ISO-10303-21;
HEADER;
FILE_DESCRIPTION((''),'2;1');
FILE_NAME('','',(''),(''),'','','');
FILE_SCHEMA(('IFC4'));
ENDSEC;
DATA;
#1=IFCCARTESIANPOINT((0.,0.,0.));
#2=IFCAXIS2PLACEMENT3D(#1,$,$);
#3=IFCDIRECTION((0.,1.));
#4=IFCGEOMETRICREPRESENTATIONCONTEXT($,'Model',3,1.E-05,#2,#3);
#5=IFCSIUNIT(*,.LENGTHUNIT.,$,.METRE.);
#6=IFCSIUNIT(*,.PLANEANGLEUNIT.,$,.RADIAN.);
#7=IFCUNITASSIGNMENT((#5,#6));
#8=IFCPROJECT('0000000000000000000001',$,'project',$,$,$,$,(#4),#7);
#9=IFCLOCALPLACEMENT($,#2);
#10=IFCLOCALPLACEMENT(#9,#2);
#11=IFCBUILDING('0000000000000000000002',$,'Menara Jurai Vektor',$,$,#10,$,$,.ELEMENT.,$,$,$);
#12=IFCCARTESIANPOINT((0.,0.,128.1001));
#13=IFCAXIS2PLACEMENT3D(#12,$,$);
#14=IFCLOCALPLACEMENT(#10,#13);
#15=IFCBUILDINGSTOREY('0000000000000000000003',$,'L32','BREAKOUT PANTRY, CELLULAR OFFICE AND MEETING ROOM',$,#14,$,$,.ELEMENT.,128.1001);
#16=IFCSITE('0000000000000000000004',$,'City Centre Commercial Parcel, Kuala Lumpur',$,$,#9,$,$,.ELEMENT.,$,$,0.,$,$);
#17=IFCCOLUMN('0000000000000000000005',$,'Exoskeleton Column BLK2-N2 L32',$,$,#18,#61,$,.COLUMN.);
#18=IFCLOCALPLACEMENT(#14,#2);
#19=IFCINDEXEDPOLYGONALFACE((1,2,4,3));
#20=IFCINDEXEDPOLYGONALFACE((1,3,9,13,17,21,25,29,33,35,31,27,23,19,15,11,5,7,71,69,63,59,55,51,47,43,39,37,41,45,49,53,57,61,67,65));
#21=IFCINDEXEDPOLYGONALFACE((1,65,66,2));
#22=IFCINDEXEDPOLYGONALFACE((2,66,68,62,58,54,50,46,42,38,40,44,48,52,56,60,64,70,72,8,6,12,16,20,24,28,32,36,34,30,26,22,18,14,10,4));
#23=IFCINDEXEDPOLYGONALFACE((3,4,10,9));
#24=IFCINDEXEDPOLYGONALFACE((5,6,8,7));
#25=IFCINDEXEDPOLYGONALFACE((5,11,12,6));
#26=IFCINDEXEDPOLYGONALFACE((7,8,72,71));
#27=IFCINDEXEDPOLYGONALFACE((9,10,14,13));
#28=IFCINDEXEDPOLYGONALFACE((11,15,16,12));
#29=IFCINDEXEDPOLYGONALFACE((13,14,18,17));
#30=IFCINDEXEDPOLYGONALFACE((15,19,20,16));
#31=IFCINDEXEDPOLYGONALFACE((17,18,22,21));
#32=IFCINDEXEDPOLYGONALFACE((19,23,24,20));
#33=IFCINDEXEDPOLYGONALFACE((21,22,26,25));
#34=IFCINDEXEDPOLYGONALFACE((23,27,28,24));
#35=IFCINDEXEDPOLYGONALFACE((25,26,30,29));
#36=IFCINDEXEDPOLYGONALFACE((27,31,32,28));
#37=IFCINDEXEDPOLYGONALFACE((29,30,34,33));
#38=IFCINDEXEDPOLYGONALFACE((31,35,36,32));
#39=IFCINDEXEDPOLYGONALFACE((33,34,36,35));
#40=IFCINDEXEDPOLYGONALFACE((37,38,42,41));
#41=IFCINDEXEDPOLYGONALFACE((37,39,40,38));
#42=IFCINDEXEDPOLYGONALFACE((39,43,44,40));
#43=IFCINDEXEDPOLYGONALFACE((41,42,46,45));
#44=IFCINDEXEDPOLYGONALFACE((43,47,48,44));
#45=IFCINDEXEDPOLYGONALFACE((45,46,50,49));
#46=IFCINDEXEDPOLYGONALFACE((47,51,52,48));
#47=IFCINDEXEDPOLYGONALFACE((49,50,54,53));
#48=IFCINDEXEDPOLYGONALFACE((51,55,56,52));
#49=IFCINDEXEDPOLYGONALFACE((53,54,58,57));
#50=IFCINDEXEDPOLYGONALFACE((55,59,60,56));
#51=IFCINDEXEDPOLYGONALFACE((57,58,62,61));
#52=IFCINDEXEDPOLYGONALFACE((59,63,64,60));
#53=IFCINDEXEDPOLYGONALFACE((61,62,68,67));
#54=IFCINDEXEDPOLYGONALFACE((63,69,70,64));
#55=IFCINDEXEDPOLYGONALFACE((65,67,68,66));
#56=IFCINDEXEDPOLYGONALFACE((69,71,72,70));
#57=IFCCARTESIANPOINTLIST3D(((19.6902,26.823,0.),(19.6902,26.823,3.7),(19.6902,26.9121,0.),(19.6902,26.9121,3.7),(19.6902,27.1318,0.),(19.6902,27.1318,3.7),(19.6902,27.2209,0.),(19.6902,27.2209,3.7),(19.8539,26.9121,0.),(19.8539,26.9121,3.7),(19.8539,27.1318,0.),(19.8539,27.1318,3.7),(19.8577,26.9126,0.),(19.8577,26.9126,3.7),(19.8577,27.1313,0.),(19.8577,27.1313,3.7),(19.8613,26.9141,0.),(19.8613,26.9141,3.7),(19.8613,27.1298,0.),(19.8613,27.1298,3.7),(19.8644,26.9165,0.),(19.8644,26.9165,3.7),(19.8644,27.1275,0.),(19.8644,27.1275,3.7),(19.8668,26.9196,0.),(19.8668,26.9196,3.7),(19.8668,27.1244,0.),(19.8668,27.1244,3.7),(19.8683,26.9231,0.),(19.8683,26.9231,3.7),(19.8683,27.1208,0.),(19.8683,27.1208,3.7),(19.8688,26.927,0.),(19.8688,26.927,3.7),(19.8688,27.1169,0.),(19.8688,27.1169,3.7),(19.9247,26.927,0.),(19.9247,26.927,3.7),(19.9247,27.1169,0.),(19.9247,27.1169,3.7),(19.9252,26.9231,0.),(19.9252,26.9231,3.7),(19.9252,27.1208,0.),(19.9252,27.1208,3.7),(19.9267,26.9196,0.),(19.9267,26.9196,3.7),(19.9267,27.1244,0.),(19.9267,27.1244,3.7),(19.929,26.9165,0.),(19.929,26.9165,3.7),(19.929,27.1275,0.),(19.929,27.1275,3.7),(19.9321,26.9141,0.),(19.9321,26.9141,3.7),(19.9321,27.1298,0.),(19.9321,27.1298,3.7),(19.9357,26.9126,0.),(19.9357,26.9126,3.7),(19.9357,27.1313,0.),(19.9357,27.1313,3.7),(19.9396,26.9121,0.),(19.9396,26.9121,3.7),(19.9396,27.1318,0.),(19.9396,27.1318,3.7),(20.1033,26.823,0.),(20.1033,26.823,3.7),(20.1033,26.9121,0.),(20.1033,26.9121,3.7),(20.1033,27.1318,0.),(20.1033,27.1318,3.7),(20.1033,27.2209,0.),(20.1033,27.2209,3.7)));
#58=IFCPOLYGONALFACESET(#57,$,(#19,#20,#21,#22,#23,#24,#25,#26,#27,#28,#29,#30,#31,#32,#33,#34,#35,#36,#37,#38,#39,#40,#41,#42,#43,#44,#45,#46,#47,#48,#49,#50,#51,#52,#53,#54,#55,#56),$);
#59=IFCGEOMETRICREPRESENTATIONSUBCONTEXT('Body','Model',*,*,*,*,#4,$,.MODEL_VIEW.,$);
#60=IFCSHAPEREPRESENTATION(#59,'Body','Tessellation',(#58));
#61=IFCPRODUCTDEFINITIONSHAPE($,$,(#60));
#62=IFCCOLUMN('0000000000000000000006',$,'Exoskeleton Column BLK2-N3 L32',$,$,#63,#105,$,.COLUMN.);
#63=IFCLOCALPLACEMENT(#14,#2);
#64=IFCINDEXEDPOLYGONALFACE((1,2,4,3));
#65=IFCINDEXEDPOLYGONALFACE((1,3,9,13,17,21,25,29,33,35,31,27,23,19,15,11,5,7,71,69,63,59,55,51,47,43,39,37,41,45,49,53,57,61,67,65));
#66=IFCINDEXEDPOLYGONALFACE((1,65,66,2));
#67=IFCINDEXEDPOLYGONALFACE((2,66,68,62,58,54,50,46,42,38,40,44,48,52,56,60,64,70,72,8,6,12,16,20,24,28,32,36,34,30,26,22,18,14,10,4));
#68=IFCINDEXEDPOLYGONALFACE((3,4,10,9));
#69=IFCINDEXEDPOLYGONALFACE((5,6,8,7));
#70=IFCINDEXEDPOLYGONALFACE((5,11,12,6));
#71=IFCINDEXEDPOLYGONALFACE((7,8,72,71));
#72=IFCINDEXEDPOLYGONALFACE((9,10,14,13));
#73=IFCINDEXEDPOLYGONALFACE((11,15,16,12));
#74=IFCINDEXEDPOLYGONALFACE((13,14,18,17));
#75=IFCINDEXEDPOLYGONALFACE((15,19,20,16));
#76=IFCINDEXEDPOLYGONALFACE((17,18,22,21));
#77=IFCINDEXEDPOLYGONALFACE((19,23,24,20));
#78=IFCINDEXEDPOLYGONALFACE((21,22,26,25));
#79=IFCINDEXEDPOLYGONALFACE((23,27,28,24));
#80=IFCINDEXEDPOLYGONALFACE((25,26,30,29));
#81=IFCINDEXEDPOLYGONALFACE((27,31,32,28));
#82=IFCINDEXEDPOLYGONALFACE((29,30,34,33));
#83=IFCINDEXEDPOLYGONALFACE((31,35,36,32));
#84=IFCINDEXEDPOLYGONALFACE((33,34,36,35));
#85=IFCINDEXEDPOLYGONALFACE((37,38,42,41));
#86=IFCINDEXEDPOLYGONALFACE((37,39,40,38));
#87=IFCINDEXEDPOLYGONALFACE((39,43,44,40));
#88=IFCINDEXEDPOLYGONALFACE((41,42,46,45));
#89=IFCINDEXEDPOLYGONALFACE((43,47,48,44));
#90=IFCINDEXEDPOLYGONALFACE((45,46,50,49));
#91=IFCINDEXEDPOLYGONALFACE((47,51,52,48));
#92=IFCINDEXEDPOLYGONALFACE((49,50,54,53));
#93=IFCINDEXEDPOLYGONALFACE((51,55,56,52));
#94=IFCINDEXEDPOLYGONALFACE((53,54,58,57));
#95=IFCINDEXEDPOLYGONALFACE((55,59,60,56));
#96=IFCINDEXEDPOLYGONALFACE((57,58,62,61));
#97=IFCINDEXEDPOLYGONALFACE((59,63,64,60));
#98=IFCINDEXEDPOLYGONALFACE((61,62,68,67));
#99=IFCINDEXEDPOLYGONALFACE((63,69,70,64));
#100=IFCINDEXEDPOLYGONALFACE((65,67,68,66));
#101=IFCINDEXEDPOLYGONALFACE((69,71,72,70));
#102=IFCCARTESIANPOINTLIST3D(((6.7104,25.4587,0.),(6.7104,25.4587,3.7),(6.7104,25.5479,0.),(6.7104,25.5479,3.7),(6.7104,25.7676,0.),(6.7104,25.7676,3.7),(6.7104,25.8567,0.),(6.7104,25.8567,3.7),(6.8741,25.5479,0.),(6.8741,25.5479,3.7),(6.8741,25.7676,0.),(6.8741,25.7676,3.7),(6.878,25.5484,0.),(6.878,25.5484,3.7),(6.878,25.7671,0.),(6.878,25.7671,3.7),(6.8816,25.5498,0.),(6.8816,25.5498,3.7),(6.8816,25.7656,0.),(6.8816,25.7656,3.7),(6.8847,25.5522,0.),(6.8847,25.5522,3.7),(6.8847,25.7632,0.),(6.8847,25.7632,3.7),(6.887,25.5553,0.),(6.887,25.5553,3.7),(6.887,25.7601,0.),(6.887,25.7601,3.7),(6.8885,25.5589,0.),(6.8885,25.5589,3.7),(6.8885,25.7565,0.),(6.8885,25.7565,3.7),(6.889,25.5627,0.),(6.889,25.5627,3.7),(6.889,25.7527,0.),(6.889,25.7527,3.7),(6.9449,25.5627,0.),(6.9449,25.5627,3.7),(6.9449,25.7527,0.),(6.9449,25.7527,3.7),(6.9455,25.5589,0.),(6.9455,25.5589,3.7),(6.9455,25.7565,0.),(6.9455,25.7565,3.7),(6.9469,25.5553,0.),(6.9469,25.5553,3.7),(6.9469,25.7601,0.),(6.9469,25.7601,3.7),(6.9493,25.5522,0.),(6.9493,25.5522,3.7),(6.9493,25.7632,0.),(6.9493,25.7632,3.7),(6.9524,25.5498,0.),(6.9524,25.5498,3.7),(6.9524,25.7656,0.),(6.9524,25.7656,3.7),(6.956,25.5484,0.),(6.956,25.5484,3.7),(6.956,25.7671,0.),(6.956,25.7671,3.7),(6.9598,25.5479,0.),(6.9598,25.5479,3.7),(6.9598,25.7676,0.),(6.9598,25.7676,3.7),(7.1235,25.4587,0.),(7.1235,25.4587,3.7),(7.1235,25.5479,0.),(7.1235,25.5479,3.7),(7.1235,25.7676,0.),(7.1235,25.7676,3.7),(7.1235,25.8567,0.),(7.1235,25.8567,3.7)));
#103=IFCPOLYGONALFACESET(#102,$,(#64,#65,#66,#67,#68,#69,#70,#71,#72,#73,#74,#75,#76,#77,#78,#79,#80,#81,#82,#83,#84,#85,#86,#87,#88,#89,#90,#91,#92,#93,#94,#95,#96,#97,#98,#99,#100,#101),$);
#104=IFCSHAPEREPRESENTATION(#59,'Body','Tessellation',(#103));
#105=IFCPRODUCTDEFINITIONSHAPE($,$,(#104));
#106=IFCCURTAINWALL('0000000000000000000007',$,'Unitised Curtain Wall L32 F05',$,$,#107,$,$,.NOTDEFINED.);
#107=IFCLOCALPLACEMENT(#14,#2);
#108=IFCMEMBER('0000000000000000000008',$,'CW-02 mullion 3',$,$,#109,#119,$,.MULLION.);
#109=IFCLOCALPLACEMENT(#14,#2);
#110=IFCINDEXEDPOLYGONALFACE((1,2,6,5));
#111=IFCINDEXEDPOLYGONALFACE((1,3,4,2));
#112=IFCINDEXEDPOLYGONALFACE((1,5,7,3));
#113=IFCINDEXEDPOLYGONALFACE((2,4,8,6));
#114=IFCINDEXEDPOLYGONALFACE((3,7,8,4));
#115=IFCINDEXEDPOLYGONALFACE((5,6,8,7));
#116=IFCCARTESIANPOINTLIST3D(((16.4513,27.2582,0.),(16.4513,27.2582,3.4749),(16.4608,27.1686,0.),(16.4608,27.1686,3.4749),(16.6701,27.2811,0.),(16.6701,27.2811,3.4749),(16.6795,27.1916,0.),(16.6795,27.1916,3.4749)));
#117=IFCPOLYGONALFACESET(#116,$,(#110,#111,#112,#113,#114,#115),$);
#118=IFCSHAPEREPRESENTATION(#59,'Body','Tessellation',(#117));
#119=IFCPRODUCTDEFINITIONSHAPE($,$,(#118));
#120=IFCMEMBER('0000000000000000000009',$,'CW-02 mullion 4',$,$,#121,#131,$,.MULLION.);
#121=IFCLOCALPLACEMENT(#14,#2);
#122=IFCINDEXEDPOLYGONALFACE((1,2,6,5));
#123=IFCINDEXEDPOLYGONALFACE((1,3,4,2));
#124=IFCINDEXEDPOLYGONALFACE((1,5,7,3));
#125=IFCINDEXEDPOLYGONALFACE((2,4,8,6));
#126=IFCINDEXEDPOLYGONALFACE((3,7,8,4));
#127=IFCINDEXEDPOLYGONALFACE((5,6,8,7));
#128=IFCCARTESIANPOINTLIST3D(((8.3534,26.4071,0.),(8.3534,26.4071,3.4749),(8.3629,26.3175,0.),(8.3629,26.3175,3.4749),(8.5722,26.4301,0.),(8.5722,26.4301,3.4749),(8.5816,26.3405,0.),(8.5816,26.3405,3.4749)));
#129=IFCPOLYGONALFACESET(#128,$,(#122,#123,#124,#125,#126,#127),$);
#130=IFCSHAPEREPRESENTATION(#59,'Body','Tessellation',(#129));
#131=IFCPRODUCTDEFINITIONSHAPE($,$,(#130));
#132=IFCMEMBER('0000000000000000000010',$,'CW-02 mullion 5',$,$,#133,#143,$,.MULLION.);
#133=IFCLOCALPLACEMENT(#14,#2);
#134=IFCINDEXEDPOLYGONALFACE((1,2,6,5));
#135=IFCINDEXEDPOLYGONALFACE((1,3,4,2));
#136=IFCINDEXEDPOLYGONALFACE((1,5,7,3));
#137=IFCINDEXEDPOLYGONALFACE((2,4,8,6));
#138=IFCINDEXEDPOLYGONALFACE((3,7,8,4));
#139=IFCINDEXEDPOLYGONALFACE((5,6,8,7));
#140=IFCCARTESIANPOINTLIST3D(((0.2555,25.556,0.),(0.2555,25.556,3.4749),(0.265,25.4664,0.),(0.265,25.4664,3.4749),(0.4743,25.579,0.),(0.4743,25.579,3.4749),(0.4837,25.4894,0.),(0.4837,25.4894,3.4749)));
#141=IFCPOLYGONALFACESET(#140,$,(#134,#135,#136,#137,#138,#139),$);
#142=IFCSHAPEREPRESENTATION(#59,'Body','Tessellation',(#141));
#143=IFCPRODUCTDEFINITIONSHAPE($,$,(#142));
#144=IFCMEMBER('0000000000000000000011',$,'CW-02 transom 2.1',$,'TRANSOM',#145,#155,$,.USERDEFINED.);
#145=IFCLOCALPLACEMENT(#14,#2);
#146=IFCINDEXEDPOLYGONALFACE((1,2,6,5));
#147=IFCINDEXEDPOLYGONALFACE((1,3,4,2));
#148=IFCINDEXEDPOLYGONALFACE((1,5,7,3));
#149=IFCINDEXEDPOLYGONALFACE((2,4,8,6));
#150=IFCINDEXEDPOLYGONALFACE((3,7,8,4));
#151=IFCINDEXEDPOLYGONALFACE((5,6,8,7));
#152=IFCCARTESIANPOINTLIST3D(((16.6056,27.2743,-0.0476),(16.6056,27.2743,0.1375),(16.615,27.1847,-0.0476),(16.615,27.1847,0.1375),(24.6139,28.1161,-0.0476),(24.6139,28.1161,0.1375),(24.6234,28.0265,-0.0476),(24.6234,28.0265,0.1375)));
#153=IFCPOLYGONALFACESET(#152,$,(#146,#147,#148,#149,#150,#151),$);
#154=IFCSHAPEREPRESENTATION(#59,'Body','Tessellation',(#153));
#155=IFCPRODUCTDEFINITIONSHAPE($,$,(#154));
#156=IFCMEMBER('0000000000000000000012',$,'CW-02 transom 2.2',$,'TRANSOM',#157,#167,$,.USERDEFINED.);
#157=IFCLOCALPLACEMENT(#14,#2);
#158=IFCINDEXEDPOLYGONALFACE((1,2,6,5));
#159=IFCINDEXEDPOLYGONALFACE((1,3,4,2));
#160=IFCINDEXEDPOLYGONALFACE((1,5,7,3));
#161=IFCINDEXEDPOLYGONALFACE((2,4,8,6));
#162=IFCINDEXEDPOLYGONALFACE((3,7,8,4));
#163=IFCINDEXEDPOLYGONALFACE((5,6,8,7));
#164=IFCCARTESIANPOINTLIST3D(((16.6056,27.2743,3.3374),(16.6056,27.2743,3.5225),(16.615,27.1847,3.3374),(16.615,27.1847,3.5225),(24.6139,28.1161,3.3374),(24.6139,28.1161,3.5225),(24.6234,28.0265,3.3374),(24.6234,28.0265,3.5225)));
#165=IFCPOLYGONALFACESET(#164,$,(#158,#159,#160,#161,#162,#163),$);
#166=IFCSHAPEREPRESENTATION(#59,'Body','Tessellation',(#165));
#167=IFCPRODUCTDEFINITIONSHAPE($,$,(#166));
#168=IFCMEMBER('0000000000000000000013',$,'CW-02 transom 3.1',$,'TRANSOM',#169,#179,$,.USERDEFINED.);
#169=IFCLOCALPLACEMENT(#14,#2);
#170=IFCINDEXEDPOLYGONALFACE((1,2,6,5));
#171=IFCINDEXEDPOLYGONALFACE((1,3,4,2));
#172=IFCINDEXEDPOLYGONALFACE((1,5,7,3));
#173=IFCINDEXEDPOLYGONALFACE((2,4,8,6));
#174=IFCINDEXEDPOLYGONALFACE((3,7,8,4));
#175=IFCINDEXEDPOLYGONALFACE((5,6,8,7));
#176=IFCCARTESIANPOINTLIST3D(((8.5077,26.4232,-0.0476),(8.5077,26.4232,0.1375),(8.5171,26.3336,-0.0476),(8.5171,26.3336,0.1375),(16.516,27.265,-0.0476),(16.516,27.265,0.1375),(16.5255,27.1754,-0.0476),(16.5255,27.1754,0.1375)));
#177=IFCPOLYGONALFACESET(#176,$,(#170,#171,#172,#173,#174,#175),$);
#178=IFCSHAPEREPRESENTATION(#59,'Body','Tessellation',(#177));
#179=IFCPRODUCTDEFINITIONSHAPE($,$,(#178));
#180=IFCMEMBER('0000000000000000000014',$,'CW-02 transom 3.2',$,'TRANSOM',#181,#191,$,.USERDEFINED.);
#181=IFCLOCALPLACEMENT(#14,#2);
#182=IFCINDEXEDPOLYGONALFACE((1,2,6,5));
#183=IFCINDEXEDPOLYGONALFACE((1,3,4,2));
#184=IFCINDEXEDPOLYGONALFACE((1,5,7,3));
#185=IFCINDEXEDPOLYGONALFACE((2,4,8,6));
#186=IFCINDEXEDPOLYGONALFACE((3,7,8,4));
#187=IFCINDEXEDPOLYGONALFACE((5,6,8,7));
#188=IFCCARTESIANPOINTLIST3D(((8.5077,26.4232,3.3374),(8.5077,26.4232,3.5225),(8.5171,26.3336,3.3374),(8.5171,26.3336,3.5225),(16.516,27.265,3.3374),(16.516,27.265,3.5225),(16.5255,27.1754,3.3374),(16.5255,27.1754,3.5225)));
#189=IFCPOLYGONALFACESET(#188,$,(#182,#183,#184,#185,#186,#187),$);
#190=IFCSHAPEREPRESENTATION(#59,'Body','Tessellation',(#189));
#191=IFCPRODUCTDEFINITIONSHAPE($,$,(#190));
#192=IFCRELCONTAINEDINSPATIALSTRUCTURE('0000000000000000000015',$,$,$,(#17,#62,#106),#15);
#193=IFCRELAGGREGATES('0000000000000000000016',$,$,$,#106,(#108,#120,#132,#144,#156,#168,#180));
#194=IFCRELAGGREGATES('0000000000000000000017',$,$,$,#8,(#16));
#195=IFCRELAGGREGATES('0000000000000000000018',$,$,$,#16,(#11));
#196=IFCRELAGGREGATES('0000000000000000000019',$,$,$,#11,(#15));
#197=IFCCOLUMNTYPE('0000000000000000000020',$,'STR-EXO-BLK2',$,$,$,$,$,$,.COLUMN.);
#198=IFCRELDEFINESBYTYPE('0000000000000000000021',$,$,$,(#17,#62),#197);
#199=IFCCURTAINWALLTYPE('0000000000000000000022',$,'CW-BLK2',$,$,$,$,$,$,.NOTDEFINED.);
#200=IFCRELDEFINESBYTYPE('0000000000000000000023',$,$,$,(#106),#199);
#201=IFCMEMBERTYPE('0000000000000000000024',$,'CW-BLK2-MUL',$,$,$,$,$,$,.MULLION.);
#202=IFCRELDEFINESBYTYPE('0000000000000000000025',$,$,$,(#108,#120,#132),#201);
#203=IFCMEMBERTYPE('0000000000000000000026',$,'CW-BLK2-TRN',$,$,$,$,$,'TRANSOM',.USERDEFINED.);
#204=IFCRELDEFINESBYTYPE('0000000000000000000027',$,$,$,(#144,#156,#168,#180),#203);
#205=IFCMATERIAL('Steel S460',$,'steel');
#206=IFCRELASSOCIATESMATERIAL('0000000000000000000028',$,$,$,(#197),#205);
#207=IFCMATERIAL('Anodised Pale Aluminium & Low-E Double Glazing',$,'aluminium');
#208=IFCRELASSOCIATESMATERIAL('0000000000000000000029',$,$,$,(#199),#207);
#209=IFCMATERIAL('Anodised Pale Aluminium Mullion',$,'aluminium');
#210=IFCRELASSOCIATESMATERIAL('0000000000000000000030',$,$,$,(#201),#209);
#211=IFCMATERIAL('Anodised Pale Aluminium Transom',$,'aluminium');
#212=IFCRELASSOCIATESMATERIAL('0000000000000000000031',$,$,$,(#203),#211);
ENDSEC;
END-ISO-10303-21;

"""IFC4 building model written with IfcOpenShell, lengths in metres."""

from ifc_helpers import new_model, si_unit, direction, frame, origin, origin_2d, place, context, subcontext, project, spatial, rectangle, i_section, extrude, material, material_profile, profile_set, type_object, element, aggregate, save


model = new_model("IFC4")

# Units and contexts
model_context = context("Model", 3, precision=1e-05, world=origin(), true_north=direction((0.0, 1.0)))
body_context = subcontext(model_context, "Body", "Model", "MODEL_VIEW")
ifc_project = project(units=[si_unit("LENGTHUNIT", "METRE"), si_unit("PLANEANGLEUNIT", "RADIAN")], contexts=[model_context])

# Site, building, storey
site_placement = place(None, origin())
site = spatial("IfcSite", under=ifc_project, at=site_placement, Name="City Centre Commercial Parcel, Kuala Lumpur", CompositionType="ELEMENT", RefElevation=0.0)
building_placement = place(site_placement, origin())
building = spatial("IfcBuilding", under=site, at=building_placement, Name="Menara Jurai Vektor", CompositionType="ELEMENT")
storey_placement = place(building_placement, frame((0.0, 0.0, 128.1001)))
storey = spatial("IfcBuildingStorey", under=building, at=storey_placement, Name="L32", Description="BREAKOUT PANTRY, CELLULAR OFFICE AND MEETING ROOM", CompositionType="ELEMENT", Elevation=128.1001)

# Columns
ifc_material_1 = material(Name="Steel S460", Category="steel")
ifc_material_profile_1 = material_profile(ifc_material_1, i_section(OverallWidth=0.4131, OverallDepth=0.3979, WebThickness=0.0559, FlangeThickness=0.0891, FilletRadius=0.0149, at=origin_2d()), Name="HD 400x744")
ifc_profile_set_1 = profile_set([ifc_material_profile_1], Name="Steel S460")
column_type = type_object("IfcColumnType", Name="STR-EXO-BLK2", PredefinedType="COLUMN", material=ifc_profile_set_1)
for number, where, z_axis, x_axis, name in (
    (1, (19.8967, 27.022, 0.0), (0.0, 0.0, 1.0), (1.0, 0.0, 0.0), "Exoskeleton Column BLK2-N2 L32"),
    (2, (6.917, 25.6577, 0.0), (0.0, 0.0, 1.0), (1.0, 0.0, 0.0), "Exoskeleton Column BLK2-N3 L32"),
):
    element("IfcColumn", number, at=place(storey_placement, frame(where, z_axis=z_axis, x_axis=x_axis)), inside=storey, type_object=column_type, Name=name, PredefinedType="COLUMN", context=body_context, shape_type="SweptSolid", body=[
        extrude(i_section(OverallWidth=0.4131, OverallDepth=0.3979, WebThickness=0.0559, FlangeThickness=0.0891, FilletRadius=0.0149, at=origin_2d()), origin(), (0.0, 0.0, 1.0), 3.7),
    ])

# Curtain wall, members
ifc_material_2 = material(Name="Anodised Pale Aluminium & Low-E Double Glazing", Category="aluminium")
curtain_wall_type = type_object("IfcCurtainWallType", Name="CW-BLK2", PredefinedType="NOTDEFINED", material=ifc_material_2)
curtain_wall_placement = place(storey_placement, origin())
curtain_wall = element("IfcCurtainWall", 3, at=curtain_wall_placement, inside=storey, type_object=curtain_wall_type, Name="Unitised Curtain Wall L32 F05", PredefinedType="NOTDEFINED")
ifc_material_3 = material(Name="Anodised Pale Aluminium Mullion", Category="aluminium")
ifc_material_profile_2 = material_profile(ifc_material_3, rectangle(XDim=0.0901, YDim=0.22, at=origin_2d()), Name="ALU MUL 90x220")
ifc_profile_set_2 = profile_set([ifc_material_profile_2], Name="Anodised Pale Aluminium Mullion")
member_type_1 = type_object("IfcMemberType", Name="CW-BLK2-MUL", PredefinedType="MULLION", material=ifc_profile_set_2)
member_1_placement = place(storey_placement, frame((16.5654, 27.2249, 0.0), z_axis=(0.0, 0.0, 1.0), x_axis=(0.104529, -0.994522, 0.0)))
member_1 = element("IfcMember", 4, at=member_1_placement, type_object=member_type_1, Name="CW-02 mullion 3", PredefinedType="MULLION", context=body_context, shape_type="SweptSolid", body=[
    extrude(rectangle(XDim=0.0901, YDim=0.22, at=origin_2d()), origin(), (0.0, 0.0, 1.0), 3.4749),
])
member_2_placement = place(storey_placement, frame((8.4675, 26.3738, 0.0), z_axis=(0.0, 0.0, 1.0), x_axis=(0.104529, -0.994522, 0.0)))
member_2 = element("IfcMember", 5, at=member_2_placement, type_object=member_type_1, Name="CW-02 mullion 4", PredefinedType="MULLION", context=body_context, shape_type="SweptSolid", body=[
    extrude(rectangle(XDim=0.0901, YDim=0.22, at=origin_2d()), origin(), (0.0, 0.0, 1.0), 3.4749),
])
member_3_placement = place(storey_placement, frame((0.3696, 25.5227, 0.0), z_axis=(0.0, 0.0, 1.0), x_axis=(0.104529, -0.994522, 0.0)))
member_3 = element("IfcMember", 6, at=member_3_placement, type_object=member_type_1, Name="CW-02 mullion 5", PredefinedType="MULLION", context=body_context, shape_type="SweptSolid", body=[
    extrude(rectangle(XDim=0.0901, YDim=0.22, at=origin_2d()), origin(), (0.0, 0.0, 1.0), 3.4749),
])
ifc_material_4 = material(Name="Anodised Pale Aluminium Transom", Category="aluminium")
ifc_material_profile_3 = material_profile(ifc_material_4, rectangle(XDim=0.0901, YDim=0.1851, at=origin_2d()), Name="ALU TRN 90x185")
ifc_profile_set_3 = profile_set([ifc_material_profile_3], Name="Anodised Pale Aluminium Transom")
member_type_2 = type_object("IfcMemberType", Name="CW-BLK2-TRN", ElementType="TRANSOM", PredefinedType="USERDEFINED", material=ifc_profile_set_3)
member_4_placement = place(storey_placement, frame((24.6187, 28.0713, 0.0449), z_axis=(-0.994521, -0.10454, 0.0), x_axis=(0.10454, -0.994521, 0.0)))
member_4 = element("IfcMember", 7, at=member_4_placement, type_object=member_type_2, Name="CW-02 transom 2.1", ObjectType="TRANSOM", PredefinedType="USERDEFINED", context=body_context, shape_type="SweptSolid", body=[
    extrude(rectangle(XDim=0.0901, YDim=0.1851, at=origin_2d()), origin(), (0.0, 0.0, 1.0), 8.0525),
])
member_5_placement = place(storey_placement, frame((24.6187, 28.0713, 3.4299), z_axis=(-0.994521, -0.10454, 0.0), x_axis=(0.10454, -0.994521, 0.0)))
member_5 = element("IfcMember", 8, at=member_5_placement, type_object=member_type_2, Name="CW-02 transom 2.2", ObjectType="TRANSOM", PredefinedType="USERDEFINED", context=body_context, shape_type="SweptSolid", body=[
    extrude(rectangle(XDim=0.0901, YDim=0.1851, at=origin_2d()), origin(), (0.0, 0.0, 1.0), 8.0525),
])
member_6_placement = place(storey_placement, frame((16.5208, 27.2202, 0.0449), z_axis=(-0.994521, -0.10454, 0.0), x_axis=(0.10454, -0.994521, 0.0)))
member_6 = element("IfcMember", 9, at=member_6_placement, type_object=member_type_2, Name="CW-02 transom 3.1", ObjectType="TRANSOM", PredefinedType="USERDEFINED", context=body_context, shape_type="SweptSolid", body=[
    extrude(rectangle(XDim=0.0901, YDim=0.1851, at=origin_2d()), origin(), (0.0, 0.0, 1.0), 8.0525),
])
member_7_placement = place(storey_placement, frame((16.5208, 27.2202, 3.4299), z_axis=(-0.994521, -0.10454, 0.0), x_axis=(0.10454, -0.994521, 0.0)))
member_7 = element("IfcMember", 10, at=member_7_placement, type_object=member_type_2, Name="CW-02 transom 3.2", ObjectType="TRANSOM", PredefinedType="USERDEFINED", context=body_context, shape_type="SweptSolid", body=[
    extrude(rectangle(XDim=0.0901, YDim=0.1851, at=origin_2d()), origin(), (0.0, 0.0, 1.0), 8.0525),
])

aggregate(curtain_wall, [member_1, member_2, member_3, member_4, member_5, member_6, member_7])

save(model, "model.ifc")
